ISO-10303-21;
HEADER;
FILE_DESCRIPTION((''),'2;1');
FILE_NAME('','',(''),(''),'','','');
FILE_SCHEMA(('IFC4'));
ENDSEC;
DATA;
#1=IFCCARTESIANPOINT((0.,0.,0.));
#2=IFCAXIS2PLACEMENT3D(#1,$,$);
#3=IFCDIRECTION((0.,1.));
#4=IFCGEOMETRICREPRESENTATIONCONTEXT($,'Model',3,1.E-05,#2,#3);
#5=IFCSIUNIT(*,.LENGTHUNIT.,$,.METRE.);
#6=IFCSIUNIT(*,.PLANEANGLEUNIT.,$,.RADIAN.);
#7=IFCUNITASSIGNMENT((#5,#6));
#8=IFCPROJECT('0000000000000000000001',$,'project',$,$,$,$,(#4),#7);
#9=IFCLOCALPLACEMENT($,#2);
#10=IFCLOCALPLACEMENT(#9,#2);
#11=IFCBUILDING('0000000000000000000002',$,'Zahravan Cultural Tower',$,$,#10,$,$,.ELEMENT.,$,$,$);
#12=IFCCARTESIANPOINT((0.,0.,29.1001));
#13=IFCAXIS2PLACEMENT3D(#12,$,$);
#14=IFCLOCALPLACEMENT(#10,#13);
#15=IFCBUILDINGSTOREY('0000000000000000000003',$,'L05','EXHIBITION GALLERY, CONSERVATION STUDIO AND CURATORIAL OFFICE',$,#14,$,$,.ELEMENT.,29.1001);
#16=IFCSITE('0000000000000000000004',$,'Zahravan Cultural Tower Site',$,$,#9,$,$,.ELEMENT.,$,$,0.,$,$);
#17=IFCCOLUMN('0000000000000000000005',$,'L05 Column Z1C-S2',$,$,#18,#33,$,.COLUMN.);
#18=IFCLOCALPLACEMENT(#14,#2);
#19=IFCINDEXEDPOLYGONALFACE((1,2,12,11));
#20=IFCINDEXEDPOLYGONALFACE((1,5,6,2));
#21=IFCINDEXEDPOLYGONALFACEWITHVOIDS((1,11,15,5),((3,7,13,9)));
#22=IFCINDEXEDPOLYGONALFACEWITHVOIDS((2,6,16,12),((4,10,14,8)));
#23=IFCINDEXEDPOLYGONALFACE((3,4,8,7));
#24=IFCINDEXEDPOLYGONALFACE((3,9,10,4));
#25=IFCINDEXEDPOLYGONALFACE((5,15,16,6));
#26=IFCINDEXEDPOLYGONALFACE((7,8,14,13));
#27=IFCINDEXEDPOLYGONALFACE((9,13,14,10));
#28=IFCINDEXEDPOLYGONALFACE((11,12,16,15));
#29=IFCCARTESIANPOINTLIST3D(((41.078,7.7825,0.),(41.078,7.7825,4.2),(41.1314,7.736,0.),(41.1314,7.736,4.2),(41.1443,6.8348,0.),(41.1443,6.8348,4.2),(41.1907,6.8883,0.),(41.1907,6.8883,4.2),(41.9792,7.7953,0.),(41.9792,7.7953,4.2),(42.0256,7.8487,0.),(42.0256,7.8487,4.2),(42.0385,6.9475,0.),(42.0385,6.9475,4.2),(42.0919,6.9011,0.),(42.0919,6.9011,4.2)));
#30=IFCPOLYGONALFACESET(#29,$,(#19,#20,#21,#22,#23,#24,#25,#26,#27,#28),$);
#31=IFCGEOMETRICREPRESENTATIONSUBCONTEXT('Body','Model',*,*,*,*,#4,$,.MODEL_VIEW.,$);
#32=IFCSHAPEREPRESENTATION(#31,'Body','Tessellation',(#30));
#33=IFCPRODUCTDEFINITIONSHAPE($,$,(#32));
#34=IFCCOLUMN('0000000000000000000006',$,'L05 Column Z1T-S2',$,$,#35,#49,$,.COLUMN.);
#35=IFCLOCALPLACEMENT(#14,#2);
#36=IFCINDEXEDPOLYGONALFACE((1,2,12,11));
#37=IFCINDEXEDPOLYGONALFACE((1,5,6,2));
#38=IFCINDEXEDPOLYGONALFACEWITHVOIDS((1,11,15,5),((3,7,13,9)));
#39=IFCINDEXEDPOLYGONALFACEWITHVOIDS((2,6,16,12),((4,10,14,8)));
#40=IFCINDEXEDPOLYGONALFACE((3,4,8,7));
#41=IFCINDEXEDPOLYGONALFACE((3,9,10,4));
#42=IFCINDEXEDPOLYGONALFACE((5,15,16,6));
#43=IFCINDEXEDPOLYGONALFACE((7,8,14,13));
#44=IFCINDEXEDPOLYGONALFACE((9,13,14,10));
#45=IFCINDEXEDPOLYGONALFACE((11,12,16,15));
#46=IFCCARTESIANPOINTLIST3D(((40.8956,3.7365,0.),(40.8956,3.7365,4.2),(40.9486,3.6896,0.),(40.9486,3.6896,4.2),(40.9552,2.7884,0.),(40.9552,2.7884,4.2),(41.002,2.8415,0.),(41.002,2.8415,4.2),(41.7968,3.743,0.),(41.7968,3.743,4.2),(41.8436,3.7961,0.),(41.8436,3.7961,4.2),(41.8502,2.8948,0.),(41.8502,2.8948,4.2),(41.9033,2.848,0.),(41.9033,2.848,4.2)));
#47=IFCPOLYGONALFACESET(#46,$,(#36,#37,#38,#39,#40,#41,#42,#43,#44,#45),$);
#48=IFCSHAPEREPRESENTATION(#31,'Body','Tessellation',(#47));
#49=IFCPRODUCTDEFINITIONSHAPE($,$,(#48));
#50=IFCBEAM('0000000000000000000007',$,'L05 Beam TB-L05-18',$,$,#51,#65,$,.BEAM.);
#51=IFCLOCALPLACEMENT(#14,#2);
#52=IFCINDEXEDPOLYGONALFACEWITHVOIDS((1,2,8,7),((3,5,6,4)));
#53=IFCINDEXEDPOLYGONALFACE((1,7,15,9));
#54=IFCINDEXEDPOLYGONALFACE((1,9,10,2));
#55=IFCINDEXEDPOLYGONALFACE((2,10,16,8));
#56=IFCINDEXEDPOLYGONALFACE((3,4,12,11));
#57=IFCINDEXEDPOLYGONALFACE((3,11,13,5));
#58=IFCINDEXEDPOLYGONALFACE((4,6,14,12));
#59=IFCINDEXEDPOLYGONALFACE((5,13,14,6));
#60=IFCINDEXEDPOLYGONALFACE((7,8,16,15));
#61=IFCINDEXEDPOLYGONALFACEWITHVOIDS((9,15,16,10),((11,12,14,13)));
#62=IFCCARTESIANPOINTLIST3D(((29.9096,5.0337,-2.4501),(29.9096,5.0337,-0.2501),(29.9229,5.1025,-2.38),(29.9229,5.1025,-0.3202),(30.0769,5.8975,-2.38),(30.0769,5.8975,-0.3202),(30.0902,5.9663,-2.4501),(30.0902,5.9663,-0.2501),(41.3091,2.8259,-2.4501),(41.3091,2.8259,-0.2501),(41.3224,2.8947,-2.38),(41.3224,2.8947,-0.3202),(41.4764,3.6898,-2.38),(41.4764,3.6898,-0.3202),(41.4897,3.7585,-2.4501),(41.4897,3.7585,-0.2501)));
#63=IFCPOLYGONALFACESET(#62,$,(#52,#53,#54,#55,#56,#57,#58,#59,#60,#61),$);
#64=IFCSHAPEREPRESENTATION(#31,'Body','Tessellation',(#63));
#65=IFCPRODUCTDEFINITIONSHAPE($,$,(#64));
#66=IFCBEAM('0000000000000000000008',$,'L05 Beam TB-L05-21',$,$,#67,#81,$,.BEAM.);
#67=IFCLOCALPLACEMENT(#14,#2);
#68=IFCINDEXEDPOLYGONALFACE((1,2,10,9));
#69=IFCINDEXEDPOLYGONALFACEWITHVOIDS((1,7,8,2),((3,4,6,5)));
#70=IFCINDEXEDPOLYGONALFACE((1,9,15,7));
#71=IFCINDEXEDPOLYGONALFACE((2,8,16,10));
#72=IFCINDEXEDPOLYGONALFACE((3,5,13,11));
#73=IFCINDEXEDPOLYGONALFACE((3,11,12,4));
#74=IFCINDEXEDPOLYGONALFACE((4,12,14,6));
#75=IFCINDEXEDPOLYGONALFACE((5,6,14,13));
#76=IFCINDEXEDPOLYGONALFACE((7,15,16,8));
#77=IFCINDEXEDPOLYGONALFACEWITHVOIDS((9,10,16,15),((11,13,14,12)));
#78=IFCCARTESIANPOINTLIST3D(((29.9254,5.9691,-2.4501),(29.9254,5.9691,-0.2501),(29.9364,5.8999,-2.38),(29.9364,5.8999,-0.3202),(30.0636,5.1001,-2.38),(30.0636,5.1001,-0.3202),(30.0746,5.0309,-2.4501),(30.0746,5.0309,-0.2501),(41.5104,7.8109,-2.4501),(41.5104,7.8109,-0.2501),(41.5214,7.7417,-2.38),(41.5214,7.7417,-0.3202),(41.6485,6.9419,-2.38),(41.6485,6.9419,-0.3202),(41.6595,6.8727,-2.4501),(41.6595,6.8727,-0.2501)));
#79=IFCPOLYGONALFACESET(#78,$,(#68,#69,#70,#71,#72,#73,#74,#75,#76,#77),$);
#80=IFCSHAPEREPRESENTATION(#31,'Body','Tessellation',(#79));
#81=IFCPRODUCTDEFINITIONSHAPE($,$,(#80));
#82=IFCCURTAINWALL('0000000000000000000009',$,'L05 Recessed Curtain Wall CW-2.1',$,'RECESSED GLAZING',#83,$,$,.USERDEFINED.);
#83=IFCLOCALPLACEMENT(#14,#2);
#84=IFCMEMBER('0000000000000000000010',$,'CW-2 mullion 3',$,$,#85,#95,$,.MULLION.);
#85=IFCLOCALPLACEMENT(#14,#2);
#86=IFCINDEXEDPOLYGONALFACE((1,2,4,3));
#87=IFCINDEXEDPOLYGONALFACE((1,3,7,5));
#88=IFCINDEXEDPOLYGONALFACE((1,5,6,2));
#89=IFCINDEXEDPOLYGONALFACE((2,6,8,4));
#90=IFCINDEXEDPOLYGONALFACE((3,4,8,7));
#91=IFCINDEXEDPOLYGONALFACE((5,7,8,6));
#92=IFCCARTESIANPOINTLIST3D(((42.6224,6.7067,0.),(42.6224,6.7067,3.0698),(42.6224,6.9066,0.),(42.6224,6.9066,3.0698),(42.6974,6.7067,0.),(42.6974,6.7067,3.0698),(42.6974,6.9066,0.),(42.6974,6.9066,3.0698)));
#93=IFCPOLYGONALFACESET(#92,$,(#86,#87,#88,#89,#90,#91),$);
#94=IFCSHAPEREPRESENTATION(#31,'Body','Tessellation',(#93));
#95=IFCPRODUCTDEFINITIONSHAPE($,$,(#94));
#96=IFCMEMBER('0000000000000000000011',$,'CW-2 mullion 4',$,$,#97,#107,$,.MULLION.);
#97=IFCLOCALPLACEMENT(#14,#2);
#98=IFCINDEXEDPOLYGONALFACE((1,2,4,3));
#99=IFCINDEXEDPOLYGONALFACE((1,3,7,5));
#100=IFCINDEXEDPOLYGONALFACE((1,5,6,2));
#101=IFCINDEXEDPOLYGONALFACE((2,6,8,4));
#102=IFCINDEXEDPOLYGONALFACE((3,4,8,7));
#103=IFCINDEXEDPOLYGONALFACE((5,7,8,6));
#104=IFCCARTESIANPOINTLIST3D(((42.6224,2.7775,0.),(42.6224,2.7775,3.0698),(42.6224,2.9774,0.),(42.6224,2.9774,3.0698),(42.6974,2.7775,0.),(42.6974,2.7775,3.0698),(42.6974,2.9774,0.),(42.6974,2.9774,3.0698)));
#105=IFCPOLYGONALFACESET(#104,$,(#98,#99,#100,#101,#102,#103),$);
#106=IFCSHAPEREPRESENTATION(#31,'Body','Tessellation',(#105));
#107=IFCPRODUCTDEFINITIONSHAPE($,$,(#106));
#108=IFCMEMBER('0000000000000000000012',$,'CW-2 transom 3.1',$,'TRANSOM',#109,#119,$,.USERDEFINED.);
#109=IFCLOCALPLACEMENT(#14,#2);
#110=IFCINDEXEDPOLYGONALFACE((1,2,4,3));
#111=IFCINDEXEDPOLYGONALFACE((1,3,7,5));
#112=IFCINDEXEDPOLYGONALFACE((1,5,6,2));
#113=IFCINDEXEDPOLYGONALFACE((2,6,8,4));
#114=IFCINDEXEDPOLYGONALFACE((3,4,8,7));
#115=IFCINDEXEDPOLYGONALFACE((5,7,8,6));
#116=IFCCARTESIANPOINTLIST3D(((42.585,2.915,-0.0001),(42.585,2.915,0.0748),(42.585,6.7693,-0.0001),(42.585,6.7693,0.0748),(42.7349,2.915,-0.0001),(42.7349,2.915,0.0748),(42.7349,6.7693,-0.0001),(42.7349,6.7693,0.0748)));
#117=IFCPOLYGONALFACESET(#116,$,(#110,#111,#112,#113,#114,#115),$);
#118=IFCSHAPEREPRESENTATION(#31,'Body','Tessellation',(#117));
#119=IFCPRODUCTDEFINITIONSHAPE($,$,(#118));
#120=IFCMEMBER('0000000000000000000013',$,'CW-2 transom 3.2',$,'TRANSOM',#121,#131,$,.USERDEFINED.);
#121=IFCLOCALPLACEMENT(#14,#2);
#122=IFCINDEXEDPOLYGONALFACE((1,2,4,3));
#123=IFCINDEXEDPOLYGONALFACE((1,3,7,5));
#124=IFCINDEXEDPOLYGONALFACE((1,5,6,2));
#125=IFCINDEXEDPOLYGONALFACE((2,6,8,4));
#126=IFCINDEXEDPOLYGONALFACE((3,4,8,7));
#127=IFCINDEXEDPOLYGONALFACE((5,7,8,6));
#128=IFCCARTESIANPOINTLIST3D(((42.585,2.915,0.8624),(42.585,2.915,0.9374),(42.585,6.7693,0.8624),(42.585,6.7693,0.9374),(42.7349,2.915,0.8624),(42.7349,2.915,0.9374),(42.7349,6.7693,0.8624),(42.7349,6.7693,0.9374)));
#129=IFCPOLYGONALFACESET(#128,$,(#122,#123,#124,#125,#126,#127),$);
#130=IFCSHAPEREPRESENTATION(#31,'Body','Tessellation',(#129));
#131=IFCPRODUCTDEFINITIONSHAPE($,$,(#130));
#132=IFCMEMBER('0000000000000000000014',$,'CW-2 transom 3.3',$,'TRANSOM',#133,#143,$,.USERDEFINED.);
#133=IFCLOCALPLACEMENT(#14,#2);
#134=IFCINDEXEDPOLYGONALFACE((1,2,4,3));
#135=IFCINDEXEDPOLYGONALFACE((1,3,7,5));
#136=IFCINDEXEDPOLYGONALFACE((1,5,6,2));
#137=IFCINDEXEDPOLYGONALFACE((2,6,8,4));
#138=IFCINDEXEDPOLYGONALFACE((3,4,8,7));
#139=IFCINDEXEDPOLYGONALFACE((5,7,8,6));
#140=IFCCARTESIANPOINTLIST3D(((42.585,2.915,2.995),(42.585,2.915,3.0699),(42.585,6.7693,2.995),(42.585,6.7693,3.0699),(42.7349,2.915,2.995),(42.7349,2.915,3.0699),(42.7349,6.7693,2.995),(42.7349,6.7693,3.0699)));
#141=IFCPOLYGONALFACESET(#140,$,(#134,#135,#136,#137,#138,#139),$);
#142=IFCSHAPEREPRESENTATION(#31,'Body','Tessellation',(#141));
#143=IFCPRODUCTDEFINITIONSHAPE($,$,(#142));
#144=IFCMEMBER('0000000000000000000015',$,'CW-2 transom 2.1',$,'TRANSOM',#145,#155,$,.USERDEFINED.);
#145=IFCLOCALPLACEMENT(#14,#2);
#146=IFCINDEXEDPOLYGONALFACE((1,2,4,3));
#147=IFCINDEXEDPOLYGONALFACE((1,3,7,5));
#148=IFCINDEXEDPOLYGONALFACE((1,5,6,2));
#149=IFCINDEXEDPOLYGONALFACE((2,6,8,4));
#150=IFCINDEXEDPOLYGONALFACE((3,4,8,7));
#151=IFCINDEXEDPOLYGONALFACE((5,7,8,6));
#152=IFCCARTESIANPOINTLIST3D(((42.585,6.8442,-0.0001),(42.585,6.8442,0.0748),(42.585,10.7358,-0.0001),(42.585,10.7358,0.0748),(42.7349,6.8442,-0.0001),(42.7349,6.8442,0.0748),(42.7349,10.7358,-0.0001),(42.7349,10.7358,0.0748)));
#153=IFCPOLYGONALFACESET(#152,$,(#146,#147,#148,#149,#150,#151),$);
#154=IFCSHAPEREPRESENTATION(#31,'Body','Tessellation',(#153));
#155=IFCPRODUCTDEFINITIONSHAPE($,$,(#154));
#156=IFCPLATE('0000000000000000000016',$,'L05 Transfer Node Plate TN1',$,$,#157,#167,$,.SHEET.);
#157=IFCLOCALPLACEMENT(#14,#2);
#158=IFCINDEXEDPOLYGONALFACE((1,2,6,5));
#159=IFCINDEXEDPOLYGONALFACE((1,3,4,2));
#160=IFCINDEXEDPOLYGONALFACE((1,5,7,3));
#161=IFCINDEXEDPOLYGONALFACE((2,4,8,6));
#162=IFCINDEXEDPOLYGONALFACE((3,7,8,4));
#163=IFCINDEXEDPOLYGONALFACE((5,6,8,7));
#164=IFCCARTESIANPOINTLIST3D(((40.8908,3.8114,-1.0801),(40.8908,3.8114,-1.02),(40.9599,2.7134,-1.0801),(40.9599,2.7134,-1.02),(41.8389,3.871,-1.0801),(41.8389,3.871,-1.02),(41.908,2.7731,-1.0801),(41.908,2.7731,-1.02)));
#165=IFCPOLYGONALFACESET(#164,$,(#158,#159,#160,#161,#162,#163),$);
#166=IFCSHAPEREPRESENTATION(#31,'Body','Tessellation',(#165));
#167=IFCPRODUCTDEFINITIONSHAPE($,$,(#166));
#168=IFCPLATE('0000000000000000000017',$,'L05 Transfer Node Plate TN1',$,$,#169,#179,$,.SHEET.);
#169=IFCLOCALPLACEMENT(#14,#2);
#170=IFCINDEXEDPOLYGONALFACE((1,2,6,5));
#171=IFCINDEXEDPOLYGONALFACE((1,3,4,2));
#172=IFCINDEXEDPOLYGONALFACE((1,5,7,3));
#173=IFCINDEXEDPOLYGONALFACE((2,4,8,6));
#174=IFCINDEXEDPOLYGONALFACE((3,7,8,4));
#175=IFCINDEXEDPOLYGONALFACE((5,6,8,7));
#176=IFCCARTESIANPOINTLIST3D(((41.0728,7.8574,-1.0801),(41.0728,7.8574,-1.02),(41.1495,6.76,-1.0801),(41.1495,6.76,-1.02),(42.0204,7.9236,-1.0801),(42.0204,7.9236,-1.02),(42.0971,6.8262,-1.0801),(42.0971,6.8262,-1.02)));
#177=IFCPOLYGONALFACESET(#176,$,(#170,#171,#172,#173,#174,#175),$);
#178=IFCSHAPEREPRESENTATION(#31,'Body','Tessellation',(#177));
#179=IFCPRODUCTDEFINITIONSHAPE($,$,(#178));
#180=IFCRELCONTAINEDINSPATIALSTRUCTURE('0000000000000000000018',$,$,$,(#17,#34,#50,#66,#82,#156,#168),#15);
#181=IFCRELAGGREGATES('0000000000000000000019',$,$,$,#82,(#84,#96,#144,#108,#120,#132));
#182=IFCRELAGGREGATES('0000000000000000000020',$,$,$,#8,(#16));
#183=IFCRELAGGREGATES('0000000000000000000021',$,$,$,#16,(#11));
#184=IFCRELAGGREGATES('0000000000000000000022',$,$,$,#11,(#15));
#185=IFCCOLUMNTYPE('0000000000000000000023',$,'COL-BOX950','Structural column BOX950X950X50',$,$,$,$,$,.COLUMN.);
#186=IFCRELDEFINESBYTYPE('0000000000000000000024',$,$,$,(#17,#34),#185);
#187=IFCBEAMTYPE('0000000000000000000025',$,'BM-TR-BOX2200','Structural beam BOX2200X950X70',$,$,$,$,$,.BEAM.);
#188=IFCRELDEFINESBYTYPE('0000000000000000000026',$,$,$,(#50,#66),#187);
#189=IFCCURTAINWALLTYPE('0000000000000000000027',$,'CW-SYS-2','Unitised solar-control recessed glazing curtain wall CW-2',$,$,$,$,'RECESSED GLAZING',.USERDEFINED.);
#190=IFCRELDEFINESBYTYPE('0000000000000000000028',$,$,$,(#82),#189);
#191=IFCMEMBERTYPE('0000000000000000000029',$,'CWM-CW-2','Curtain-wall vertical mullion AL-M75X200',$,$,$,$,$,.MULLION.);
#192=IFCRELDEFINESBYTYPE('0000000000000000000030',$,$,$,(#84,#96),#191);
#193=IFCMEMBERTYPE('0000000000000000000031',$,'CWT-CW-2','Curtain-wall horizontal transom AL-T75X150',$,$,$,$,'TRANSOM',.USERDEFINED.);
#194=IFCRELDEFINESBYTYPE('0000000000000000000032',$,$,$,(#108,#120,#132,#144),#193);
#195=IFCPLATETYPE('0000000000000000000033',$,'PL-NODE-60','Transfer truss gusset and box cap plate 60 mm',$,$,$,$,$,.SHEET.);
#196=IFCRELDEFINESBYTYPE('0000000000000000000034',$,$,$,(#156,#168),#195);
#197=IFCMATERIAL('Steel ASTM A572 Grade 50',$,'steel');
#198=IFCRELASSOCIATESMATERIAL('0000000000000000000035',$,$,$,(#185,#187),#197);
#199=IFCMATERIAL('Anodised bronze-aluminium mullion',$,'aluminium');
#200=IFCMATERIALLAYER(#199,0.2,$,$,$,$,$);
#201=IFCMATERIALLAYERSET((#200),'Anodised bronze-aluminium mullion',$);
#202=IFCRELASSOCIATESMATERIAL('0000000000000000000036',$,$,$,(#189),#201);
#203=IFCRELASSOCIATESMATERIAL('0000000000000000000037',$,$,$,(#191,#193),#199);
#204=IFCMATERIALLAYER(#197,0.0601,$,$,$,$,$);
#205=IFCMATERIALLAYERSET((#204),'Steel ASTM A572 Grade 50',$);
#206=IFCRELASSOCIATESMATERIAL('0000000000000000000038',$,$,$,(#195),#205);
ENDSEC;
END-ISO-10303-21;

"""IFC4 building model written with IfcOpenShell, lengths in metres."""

from ifc_helpers import new_model, si_unit, direction, frame, origin, origin_2d, place, context, subcontext, project, spatial, rectangle, hollow_rectangle, extrude, source, transform, mapped, material, layer, layer_set, material_profile, profile_set, type_object, element, aggregate, save


model = new_model("IFC4")

# Units and contexts
model_context = context("Model", 3, precision=1e-05, world=origin(), true_north=direction((0.0, 1.0)))
body_context = subcontext(model_context, "Body", "Model", "MODEL_VIEW")
ifc_project = project(units=[si_unit("LENGTHUNIT", "METRE"), si_unit("PLANEANGLEUNIT", "RADIAN")], contexts=[model_context])

# Site, building, storey
site_placement = place(None, origin())
site = spatial("IfcSite", under=ifc_project, at=site_placement, Name="Zahravan Cultural Tower Site", CompositionType="ELEMENT", RefElevation=0.0)
building_placement = place(site_placement, origin())
building = spatial("IfcBuilding", under=site, at=building_placement, Name="Zahravan Cultural Tower", CompositionType="ELEMENT")
storey_placement = place(building_placement, frame((0.0, 0.0, 29.1001)))
storey = spatial("IfcBuildingStorey", under=building, at=storey_placement, Name="L05", Description="EXHIBITION GALLERY, CONSERVATION STUDIO AND CURATORIAL OFFICE", CompositionType="ELEMENT", Elevation=29.1001)

# Columns
ifc_material_1 = material(Name="Steel ASTM A572 Grade 50", Category="steel")
ifc_material_profile_1 = material_profile(ifc_material_1, hollow_rectangle(XDim=0.95, YDim=0.95, WallThickness=0.05, at=origin_2d()), Name="BOX950X950X50")
ifc_profile_set_1 = profile_set([ifc_material_profile_1], Name="Steel ASTM A572 Grade 50")
column_type = type_object("IfcColumnType", Name="COL-BOX950", Description="Structural column BOX950X950X50", PredefinedType="COLUMN", material=ifc_profile_set_1)
shared_shape_1 = source(origin(), body_context, "Body", "SweptSolid", [
    extrude(hollow_rectangle(XDim=0.95, YDim=0.95, WallThickness=0.05, at=origin_2d()), origin(), (0.0, 0.0, 1.0), 4.2),
])
for number, where, z_axis, x_axis, name in (
    (1, (41.585, 7.3418, 0.0), (0.0, 0.0, 1.0), (-0.069756, 0.997564, 0.0), "L05 Column Z1C-S2"),
    (2, (41.3994, 3.2922, 0.0), (0.0, 0.0, 1.0), (-0.062791, 0.998027, 0.0), "L05 Column Z1T-S2"),
):
    element("IfcColumn", number, at=place(storey_placement, frame(where, z_axis=z_axis, x_axis=x_axis)), inside=storey, type_object=column_type, Name=name, PredefinedType="COLUMN", context=body_context, shape_type="MappedRepresentation", body=[
        mapped(shared_shape_1, transform((0.0, 0.0, 0.0), x_axis=(1.0, 0.0, 0.0), y_axis=(0.0, 1.0, 0.0), z_axis=(0.0, 0.0, 1.0), scale=1.0)),
    ])

# Beams
ifc_material_profile_2 = material_profile(ifc_material_1, hollow_rectangle(XDim=0.95, YDim=2.2, WallThickness=0.0701, at=origin_2d()), Name="BOX2200X950X70")
ifc_profile_set_2 = profile_set([ifc_material_profile_2], Name="Steel ASTM A572 Grade 50")
beam_type = type_object("IfcBeamType", Name="BM-TR-BOX2200", Description="Structural beam BOX2200X950X70", PredefinedType="BEAM", material=ifc_profile_set_2)
shared_shape_2 = source(origin(), body_context, "Body", "SweptSolid", [
    extrude(hollow_rectangle(XDim=0.95, YDim=2.2, WallThickness=0.0701, at=origin_2d()), origin(), (0.0, 0.0, 1.0), 11.6113),
])
beam_1_placement = place(storey_placement, frame((41.3994, 3.2922, -1.3501), z_axis=(-0.981757, 0.19014, 0.0), x_axis=(-0.19014, -0.981757, 0.0)))
element("IfcBeam", 3, at=beam_1_placement, inside=storey, type_object=beam_type, Name="L05 Beam TB-L05-18", PredefinedType="BEAM", context=body_context, shape_type="MappedRepresentation", body=[
    mapped(shared_shape_2, transform((0.0, 0.0, 0.0), x_axis=(1.0, 0.0, 0.0), y_axis=(0.0, 1.0, 0.0), z_axis=(0.0, 0.0, 1.0), scale=1.0)),
])
shared_shape_3 = source(origin(), body_context, "Body", "SweptSolid", [
    extrude(hollow_rectangle(XDim=0.95, YDim=2.2, WallThickness=0.0701, at=origin_2d()), origin(), (0.0, 0.0, 1.0), 11.7305),
])
beam_2_placement = place(storey_placement, frame((41.585, 7.3418, -1.3501), z_axis=(-0.987597, -0.15701, 0.0), x_axis=(0.15701, -0.987597, 0.0)))
element("IfcBeam", 4, at=beam_2_placement, inside=storey, type_object=beam_type, Name="L05 Beam TB-L05-21", PredefinedType="BEAM", context=body_context, shape_type="MappedRepresentation", body=[
    mapped(shared_shape_3, transform((0.0, 0.0, 0.0), x_axis=(1.0, 0.0, 0.0), y_axis=(0.0, 1.0, 0.0), z_axis=(0.0, 0.0, 1.0), scale=1.0)),
])

# Curtain wall, members
ifc_material_2 = material(Name="Anodised bronze-aluminium mullion", Category="aluminium")
ifc_layer_1 = layer(ifc_material_2, 0.2)
ifc_layer_set_1 = layer_set([ifc_layer_1], Name="Anodised bronze-aluminium mullion")
curtain_wall_type = type_object("IfcCurtainWallType", Name="CW-SYS-2", Description="Unitised solar-control recessed glazing curtain wall CW-2", ElementType="RECESSED GLAZING", PredefinedType="USERDEFINED", material=ifc_layer_set_1)
curtain_wall_placement = place(storey_placement, origin())
curtain_wall = element("IfcCurtainWall", 5, at=curtain_wall_placement, inside=storey, type_object=curtain_wall_type, Name="L05 Recessed Curtain Wall CW-2.1", ObjectType="RECESSED GLAZING", PredefinedType="USERDEFINED")
ifc_material_profile_3 = material_profile(ifc_material_2, rectangle(XDim=0.075, YDim=0.2, at=origin_2d()), Name="AL-M75X200")
ifc_profile_set_3 = profile_set([ifc_material_profile_3], Name="Anodised bronze-aluminium mullion")
member_type_1 = type_object("IfcMemberType", Name="CWM-CW-2", Description="Curtain-wall vertical mullion AL-M75X200", PredefinedType="MULLION", material=ifc_profile_set_3)
shared_shape_4 = source(origin(), body_context, "Body", "SweptSolid", [
    extrude(rectangle(XDim=0.075, YDim=0.2, at=origin_2d()), origin(), (0.0, 0.0, 1.0), 3.0698),
])
member_1_placement = place(storey_placement, frame((42.6599, 6.8066, 0.0), z_axis=(0.0, 0.0, 1.0), x_axis=(1.0, 0.0, 0.0)))
member_1 = element("IfcMember", 6, at=member_1_placement, type_object=member_type_1, Name="CW-2 mullion 3", PredefinedType="MULLION", context=body_context, shape_type="MappedRepresentation", body=[
    mapped(shared_shape_4, transform((0.0, 0.0, 0.0), x_axis=(1.0, 0.0, 0.0), y_axis=(0.0, 1.0, 0.0), z_axis=(0.0, 0.0, 1.0), scale=1.0)),
])
member_2_placement = place(storey_placement, frame((42.6599, 2.8774, 0.0), z_axis=(0.0, 0.0, 1.0), x_axis=(1.0, 0.0, 0.0)))
member_2 = element("IfcMember", 7, at=member_2_placement, type_object=member_type_1, Name="CW-2 mullion 4", PredefinedType="MULLION", context=body_context, shape_type="MappedRepresentation", body=[
    mapped(shared_shape_4, transform((0.0, 0.0, 0.0), x_axis=(1.0, 0.0, 0.0), y_axis=(0.0, 1.0, 0.0), z_axis=(0.0, 0.0, 1.0), scale=1.0)),
])
ifc_material_profile_4 = material_profile(ifc_material_2, rectangle(XDim=0.1499, YDim=0.075, at=origin_2d()), Name="AL-T75X150")
ifc_profile_set_4 = profile_set([ifc_material_profile_4], Name="Anodised bronze-aluminium mullion")
member_type_2 = type_object("IfcMemberType", Name="CWT-CW-2", Description="Curtain-wall horizontal transom AL-T75X150", ElementType="TRANSOM", PredefinedType="USERDEFINED", material=ifc_profile_set_4)
shared_shape_5 = source(origin(), body_context, "Body", "SweptSolid", [
    extrude(rectangle(XDim=0.1499, YDim=0.075, at=origin_2d()), origin(), (0.0, 0.0, 1.0), 3.8542),
])
member_3_placement = place(storey_placement, frame((42.6599, 6.7693, 0.0374), z_axis=(0.0, -1.0, 0.0), x_axis=(1.0, 0.0, 0.0)))
member_3 = element("IfcMember", 8, at=member_3_placement, type_object=member_type_2, Name="CW-2 transom 3.1", ObjectType="TRANSOM", PredefinedType="USERDEFINED", context=body_context, shape_type="MappedRepresentation", body=[
    mapped(shared_shape_5, transform((0.0, 0.0, 0.0), x_axis=(1.0, 0.0, 0.0), y_axis=(0.0, 1.0, 0.0), z_axis=(0.0, 0.0, 1.0), scale=1.0)),
])
member_4_placement = place(storey_placement, frame((42.6599, 6.7693, 0.8999), z_axis=(0.0, -1.0, 0.0), x_axis=(1.0, 0.0, 0.0)))
member_4 = element("IfcMember", 9, at=member_4_placement, type_object=member_type_2, Name="CW-2 transom 3.2", ObjectType="TRANSOM", PredefinedType="USERDEFINED", context=body_context, shape_type="MappedRepresentation", body=[
    mapped(shared_shape_5, transform((0.0, 0.0, 0.0), x_axis=(1.0, 0.0, 0.0), y_axis=(0.0, 1.0, 0.0), z_axis=(0.0, 0.0, 1.0), scale=1.0)),
])
member_5_placement = place(storey_placement, frame((42.6599, 6.7693, 3.0325), z_axis=(0.0, -1.0, 0.0), x_axis=(1.0, 0.0, 0.0)))
member_5 = element("IfcMember", 10, at=member_5_placement, type_object=member_type_2, Name="CW-2 transom 3.3", ObjectType="TRANSOM", PredefinedType="USERDEFINED", context=body_context, shape_type="MappedRepresentation", body=[
    mapped(shared_shape_5, transform((0.0, 0.0, 0.0), x_axis=(1.0, 0.0, 0.0), y_axis=(0.0, 1.0, 0.0), z_axis=(0.0, 0.0, 1.0), scale=1.0)),
])
shared_shape_6 = source(origin(), body_context, "Body", "SweptSolid", [
    extrude(rectangle(XDim=0.1499, YDim=0.075, at=origin_2d()), origin(), (0.0, 0.0, 1.0), 3.8916),
])
member_6_placement = place(storey_placement, frame((42.6599, 10.7358, 0.0374), z_axis=(0.0, -1.0, 0.0), x_axis=(1.0, 0.0, 0.0)))
member_6 = element("IfcMember", 11, at=member_6_placement, type_object=member_type_2, Name="CW-2 transom 2.1", ObjectType="TRANSOM", PredefinedType="USERDEFINED", context=body_context, shape_type="MappedRepresentation", body=[
    mapped(shared_shape_6, transform((0.0, 0.0, 0.0), x_axis=(1.0, 0.0, 0.0), y_axis=(0.0, 1.0, 0.0), z_axis=(0.0, 0.0, 1.0), scale=1.0)),
])

# Plates
ifc_layer_2 = layer(ifc_material_1, 0.0601)
ifc_layer_set_2 = layer_set([ifc_layer_2], Name="Steel ASTM A572 Grade 50")
plate_type_1 = type_object("IfcPlateType", Name="PL-NODE-60", Description="Transfer truss gusset and box cap plate 60 mm", PredefinedType="SHEET", material=ifc_layer_set_2)
shared_shape_7 = source(origin(), body_context, "Body", "SweptSolid", [
    extrude(rectangle(XDim=1.1001, YDim=0.95, at=origin_2d()), origin(), (0.0, 0.0, 1.0), 0.0601),
])
for number, where, z_axis, x_axis, name in (
    (12, (41.3994, 3.2922, -1.0801), (0.0, 0.0, 1.0), (-0.062791, 0.998027, 0.0), "L05 Transfer Node Plate TN1"),
    (13, (41.585, 7.3418, -1.0801), (0.0, 0.0, 1.0), (-0.069756, 0.997564, 0.0), "L05 Transfer Node Plate TN1"),
):
    element("IfcPlate", number, at=place(storey_placement, frame(where, z_axis=z_axis, x_axis=x_axis)), inside=storey, type_object=plate_type_1, Name=name, PredefinedType="SHEET", context=body_context, shape_type="MappedRepresentation", body=[
        mapped(shared_shape_7, transform((0.0, 0.0, 0.0), x_axis=(1.0, 0.0, 0.0), y_axis=(0.0, 1.0, 0.0), z_axis=(0.0, 0.0, 1.0), scale=1.0)),
    ])

aggregate(curtain_wall, [member_1, member_2, member_6, member_3, member_4, member_5])

save(model, "model.ifc")
